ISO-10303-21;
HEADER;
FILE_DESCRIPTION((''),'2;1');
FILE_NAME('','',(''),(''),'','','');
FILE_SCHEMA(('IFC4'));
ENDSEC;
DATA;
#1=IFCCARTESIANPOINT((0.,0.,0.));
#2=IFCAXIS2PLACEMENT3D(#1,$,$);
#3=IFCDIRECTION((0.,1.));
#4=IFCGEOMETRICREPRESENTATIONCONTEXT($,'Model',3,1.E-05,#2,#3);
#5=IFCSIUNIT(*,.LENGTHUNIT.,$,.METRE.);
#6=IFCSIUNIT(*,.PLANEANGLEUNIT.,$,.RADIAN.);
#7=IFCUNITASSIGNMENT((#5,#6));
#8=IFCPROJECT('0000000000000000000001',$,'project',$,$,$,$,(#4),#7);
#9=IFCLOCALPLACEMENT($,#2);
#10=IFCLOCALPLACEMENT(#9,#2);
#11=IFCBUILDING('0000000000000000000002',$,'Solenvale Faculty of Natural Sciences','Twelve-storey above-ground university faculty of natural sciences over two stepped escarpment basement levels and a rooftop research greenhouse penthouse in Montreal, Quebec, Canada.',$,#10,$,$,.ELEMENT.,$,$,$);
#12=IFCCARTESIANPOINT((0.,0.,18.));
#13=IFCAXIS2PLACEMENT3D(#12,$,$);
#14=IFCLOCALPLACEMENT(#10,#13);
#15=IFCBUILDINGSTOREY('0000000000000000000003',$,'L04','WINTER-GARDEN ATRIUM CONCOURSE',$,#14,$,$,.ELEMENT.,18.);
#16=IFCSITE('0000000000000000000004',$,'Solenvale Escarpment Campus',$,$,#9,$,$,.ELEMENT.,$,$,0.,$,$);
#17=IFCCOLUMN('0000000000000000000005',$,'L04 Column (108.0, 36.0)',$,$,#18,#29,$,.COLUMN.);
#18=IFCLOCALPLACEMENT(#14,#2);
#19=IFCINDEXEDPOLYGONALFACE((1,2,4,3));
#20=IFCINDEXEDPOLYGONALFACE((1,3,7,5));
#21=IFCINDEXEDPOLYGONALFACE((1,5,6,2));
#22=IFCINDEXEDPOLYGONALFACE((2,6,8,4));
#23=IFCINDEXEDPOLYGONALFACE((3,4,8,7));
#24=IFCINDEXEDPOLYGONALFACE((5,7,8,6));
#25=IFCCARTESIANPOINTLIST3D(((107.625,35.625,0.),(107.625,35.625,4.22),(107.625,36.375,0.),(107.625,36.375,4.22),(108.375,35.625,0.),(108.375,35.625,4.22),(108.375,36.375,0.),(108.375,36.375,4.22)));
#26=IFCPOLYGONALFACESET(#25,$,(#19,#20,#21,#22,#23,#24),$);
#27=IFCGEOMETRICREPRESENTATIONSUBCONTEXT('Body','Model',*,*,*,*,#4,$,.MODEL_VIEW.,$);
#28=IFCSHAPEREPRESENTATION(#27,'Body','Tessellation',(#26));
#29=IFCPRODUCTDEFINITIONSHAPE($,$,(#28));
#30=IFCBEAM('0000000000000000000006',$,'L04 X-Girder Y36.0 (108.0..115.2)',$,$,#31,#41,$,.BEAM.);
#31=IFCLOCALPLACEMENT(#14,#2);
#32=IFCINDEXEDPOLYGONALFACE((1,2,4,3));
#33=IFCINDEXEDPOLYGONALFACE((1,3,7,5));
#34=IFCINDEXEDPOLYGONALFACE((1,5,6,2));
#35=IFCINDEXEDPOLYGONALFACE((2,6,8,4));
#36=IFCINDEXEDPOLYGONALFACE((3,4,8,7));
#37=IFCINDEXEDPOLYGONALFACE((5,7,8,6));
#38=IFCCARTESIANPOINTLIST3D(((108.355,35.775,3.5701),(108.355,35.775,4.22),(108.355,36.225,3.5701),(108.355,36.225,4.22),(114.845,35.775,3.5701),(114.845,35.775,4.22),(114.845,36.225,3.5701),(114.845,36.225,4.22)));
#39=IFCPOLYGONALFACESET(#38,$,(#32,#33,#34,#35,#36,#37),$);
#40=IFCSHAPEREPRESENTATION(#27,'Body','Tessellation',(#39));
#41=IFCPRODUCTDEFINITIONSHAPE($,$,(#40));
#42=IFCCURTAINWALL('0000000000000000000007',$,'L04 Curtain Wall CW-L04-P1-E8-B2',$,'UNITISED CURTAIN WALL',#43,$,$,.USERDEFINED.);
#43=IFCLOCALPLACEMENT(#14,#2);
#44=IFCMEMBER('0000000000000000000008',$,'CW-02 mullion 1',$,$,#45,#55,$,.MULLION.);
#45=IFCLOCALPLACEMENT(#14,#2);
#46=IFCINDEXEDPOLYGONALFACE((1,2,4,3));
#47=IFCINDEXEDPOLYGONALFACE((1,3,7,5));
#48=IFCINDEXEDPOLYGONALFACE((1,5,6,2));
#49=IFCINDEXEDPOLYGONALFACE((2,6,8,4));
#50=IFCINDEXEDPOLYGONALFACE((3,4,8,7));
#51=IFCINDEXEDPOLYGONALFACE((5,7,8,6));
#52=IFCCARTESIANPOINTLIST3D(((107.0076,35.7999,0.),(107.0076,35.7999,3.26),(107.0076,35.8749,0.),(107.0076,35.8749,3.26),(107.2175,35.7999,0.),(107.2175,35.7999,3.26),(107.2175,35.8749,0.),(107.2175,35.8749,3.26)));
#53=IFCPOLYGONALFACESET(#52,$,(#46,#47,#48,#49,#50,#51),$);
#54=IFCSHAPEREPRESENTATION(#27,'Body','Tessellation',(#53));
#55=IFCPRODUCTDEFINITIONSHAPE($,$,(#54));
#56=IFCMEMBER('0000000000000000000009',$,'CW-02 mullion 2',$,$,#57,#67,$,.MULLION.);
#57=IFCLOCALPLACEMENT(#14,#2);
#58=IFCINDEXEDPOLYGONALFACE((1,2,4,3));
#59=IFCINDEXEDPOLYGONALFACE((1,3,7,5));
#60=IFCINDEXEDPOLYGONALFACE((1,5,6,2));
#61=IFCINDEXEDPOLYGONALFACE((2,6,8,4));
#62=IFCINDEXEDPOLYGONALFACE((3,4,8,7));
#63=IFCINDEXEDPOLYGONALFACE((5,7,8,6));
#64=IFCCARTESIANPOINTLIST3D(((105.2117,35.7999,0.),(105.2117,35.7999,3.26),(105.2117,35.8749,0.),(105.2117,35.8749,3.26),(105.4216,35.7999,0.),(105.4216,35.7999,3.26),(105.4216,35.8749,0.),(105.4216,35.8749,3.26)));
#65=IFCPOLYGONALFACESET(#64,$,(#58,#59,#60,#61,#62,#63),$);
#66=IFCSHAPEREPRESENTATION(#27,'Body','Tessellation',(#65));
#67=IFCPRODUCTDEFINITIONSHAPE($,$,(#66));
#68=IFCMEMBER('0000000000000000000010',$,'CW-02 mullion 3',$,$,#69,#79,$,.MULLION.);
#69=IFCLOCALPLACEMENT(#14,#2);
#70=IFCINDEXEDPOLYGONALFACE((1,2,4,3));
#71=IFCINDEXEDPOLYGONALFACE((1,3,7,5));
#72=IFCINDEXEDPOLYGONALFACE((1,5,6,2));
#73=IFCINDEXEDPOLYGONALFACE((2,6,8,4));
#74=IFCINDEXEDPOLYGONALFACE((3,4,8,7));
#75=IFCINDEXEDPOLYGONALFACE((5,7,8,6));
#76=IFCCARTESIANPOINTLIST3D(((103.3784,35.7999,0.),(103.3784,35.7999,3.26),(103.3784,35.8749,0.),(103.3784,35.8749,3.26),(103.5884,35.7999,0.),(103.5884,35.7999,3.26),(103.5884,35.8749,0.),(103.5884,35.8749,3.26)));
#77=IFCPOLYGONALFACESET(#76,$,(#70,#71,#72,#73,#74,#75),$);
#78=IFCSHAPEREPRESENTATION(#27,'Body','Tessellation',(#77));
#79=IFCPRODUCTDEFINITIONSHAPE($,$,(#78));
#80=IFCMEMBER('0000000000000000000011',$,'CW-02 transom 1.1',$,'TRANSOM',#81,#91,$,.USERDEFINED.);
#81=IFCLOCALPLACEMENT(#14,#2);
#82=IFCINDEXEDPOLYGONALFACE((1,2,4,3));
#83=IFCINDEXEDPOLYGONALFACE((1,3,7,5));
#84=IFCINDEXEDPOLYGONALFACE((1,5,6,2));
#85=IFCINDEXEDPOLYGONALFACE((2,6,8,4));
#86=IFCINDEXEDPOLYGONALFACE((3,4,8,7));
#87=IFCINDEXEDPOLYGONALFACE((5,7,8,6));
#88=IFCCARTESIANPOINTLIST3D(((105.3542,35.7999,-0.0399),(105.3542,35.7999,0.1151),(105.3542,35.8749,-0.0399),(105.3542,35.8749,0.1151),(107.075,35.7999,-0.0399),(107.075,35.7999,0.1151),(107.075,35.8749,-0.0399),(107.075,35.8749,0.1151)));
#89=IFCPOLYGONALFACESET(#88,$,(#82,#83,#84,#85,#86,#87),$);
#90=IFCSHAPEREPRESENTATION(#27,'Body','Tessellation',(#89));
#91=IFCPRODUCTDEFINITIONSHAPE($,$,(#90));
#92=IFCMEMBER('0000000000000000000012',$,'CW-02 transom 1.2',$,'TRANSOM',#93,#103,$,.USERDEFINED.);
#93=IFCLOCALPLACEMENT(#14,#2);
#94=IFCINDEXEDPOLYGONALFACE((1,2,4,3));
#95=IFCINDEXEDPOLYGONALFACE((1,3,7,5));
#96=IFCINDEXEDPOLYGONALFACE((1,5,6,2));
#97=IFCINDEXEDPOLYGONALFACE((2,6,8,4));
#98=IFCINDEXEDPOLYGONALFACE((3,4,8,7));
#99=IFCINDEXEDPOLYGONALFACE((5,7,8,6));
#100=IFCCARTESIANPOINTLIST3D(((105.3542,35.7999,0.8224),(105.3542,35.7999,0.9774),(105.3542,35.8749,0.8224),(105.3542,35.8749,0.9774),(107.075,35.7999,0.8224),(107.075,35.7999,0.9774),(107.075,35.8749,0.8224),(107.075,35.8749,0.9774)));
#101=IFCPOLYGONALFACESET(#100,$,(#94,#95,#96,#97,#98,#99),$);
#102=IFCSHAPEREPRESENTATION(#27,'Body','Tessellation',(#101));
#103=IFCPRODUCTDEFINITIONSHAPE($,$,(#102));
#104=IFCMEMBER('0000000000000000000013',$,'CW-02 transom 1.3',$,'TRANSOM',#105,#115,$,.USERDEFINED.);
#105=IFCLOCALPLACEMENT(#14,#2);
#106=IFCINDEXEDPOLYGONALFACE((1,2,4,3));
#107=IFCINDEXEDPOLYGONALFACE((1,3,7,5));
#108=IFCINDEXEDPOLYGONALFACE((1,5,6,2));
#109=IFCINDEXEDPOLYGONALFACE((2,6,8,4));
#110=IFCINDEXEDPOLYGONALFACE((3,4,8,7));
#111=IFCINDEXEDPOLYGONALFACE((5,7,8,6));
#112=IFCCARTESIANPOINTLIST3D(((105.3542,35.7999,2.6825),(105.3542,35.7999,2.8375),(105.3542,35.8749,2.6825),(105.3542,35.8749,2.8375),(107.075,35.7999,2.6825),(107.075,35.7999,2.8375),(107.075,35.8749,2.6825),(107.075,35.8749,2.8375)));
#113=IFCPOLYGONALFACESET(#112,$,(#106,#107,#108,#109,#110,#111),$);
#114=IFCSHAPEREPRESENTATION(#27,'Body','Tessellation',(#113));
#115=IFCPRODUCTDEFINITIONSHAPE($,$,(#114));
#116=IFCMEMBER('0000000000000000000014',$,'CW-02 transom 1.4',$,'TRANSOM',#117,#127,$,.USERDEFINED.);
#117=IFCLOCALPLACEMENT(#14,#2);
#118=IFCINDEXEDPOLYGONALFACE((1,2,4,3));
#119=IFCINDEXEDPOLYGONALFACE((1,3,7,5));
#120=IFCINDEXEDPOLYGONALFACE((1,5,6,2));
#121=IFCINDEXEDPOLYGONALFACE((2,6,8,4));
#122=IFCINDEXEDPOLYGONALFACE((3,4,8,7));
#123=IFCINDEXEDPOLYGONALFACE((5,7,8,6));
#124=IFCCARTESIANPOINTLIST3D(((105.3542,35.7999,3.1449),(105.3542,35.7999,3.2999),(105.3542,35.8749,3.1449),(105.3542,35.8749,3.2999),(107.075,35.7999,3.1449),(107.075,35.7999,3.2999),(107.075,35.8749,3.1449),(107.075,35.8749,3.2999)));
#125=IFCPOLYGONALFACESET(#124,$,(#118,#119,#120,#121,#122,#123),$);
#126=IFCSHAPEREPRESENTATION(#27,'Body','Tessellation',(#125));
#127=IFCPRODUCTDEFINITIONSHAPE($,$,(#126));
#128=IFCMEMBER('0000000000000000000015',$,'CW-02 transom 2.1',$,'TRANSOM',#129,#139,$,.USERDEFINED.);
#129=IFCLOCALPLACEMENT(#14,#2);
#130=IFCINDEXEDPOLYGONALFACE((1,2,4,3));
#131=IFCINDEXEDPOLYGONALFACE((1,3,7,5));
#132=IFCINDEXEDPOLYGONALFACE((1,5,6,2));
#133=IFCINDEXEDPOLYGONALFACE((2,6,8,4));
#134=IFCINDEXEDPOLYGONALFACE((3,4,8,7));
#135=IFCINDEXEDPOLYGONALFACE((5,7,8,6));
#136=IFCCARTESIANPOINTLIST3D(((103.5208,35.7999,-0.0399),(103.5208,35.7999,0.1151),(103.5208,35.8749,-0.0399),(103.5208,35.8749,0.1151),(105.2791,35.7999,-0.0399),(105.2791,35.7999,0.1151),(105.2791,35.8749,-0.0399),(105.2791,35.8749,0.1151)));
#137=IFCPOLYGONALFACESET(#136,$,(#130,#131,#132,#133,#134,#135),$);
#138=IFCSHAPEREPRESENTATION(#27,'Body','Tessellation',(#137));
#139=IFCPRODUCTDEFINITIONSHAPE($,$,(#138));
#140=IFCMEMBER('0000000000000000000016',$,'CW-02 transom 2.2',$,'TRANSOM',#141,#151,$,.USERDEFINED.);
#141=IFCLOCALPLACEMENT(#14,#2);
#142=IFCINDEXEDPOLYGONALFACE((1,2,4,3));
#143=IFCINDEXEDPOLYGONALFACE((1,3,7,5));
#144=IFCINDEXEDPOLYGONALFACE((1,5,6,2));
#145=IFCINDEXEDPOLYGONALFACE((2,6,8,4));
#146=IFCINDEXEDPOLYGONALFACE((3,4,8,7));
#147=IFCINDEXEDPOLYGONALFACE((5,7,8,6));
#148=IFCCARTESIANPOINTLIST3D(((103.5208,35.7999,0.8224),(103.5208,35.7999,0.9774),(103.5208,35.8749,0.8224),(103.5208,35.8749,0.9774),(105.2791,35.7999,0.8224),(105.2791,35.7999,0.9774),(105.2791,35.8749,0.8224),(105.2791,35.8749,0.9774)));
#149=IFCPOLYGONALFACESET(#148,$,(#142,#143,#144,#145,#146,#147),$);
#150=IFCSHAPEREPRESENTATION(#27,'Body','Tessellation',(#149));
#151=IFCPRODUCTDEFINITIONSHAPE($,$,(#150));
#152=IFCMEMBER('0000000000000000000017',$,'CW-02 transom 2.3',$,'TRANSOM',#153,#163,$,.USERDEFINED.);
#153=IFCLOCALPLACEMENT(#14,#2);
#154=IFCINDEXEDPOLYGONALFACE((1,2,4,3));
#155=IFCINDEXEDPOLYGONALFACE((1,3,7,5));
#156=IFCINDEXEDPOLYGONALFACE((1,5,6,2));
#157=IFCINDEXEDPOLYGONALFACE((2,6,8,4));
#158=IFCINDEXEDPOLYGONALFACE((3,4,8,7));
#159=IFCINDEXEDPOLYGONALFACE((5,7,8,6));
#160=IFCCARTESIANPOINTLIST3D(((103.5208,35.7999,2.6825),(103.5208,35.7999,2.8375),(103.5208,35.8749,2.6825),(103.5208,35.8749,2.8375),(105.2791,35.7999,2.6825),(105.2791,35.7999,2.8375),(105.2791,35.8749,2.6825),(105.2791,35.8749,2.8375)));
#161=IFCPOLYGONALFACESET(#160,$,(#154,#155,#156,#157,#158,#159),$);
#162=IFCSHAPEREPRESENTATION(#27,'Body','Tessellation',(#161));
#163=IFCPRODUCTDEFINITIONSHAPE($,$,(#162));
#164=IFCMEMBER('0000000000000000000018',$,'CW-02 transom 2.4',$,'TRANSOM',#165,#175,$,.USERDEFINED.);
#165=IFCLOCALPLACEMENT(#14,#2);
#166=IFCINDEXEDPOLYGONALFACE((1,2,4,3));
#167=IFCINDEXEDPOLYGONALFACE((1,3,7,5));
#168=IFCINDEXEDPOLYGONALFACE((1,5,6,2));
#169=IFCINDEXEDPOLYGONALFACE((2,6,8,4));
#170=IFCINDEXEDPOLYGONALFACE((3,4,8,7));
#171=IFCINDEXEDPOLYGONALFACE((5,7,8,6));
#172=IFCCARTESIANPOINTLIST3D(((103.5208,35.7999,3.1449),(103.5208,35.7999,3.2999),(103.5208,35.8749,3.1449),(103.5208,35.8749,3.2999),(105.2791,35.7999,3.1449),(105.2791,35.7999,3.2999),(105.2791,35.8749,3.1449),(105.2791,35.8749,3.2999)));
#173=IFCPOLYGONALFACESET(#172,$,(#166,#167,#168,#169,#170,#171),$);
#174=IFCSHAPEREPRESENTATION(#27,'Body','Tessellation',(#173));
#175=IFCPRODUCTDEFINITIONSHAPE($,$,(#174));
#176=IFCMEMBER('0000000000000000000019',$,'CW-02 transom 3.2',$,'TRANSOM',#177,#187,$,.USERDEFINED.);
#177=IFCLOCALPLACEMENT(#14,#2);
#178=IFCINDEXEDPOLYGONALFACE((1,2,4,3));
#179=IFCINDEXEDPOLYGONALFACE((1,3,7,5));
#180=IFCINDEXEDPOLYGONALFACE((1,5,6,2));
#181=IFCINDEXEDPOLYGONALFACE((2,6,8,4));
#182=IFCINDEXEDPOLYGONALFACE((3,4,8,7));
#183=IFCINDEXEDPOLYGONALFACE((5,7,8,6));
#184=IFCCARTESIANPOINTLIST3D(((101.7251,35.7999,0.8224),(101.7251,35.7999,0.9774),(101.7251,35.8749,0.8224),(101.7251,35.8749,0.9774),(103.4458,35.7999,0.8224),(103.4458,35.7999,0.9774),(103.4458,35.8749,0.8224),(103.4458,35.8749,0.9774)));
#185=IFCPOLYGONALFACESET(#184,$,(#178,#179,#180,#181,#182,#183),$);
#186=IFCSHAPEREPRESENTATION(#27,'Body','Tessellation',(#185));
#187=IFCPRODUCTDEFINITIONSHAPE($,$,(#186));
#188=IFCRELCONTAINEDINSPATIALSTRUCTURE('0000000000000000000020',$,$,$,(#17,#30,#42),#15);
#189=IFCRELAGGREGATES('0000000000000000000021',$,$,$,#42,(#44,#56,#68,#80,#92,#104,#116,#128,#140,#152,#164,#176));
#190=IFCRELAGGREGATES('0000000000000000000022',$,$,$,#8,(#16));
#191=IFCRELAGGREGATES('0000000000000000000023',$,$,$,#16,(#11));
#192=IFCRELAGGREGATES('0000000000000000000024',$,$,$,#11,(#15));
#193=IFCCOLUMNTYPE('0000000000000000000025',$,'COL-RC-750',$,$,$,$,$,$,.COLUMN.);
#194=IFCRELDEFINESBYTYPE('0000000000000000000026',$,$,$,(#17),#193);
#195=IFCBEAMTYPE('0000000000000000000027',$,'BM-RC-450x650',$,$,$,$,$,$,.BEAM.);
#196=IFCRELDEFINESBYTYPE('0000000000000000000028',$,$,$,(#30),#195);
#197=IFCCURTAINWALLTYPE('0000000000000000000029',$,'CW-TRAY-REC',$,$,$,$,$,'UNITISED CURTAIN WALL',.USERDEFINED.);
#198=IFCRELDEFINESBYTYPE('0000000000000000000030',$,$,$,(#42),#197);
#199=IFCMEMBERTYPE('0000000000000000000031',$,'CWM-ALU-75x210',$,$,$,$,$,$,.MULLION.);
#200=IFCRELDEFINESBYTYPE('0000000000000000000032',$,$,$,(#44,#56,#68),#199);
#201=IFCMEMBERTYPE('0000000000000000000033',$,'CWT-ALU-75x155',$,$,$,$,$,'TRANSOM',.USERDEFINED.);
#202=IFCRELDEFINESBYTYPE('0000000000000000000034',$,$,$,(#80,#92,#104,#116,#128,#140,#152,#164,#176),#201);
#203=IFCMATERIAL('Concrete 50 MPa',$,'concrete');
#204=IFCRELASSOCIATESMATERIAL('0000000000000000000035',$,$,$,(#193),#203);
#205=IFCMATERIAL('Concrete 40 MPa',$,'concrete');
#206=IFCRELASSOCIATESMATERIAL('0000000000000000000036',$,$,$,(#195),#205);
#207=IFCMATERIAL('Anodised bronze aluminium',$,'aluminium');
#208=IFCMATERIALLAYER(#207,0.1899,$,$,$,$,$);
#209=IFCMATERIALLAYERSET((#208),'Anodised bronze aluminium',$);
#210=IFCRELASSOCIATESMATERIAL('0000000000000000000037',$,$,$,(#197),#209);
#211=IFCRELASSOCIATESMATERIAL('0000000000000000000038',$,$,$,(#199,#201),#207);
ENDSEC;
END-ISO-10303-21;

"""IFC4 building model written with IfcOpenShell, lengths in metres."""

from ifc_helpers import new_model, si_unit, direction, frame, origin, origin_2d, place, context, subcontext, project, spatial, rectangle, extrude, material, layer, layer_set, material_profile, profile_set, type_object, element, aggregate, save


model = new_model("IFC4")

# Units and contexts
model_context = context("Model", 3, precision=1e-05, world=origin(), true_north=direction((0.0, 1.0)))
body_context = subcontext(model_context, "Body", "Model", "MODEL_VIEW")
ifc_project = project(units=[si_unit("LENGTHUNIT", "METRE"), si_unit("PLANEANGLEUNIT", "RADIAN")], contexts=[model_context])

# Site, building, storey
site_placement = place(None, origin())
site = spatial("IfcSite", under=ifc_project, at=site_placement, Name="Solenvale Escarpment Campus", CompositionType="ELEMENT", RefElevation=0.0)
building_placement = place(site_placement, origin())
building = spatial("IfcBuilding", under=site, at=building_placement, Name="Solenvale Faculty of Natural Sciences", Description="Twelve-storey above-ground university faculty of natural sciences over two stepped escarpment basement levels and a rooftop research greenhouse penthouse in Montreal, Quebec, Canada.", CompositionType="ELEMENT")
storey_placement = place(building_placement, frame((0.0, 0.0, 18.0)))
storey = spatial("IfcBuildingStorey", under=building, at=storey_placement, Name="L04", Description="WINTER-GARDEN ATRIUM CONCOURSE", CompositionType="ELEMENT", Elevation=18.0)

# Column
ifc_material_1 = material(Name="Concrete 50 MPa", Category="concrete")
ifc_material_profile_1 = material_profile(ifc_material_1, rectangle(XDim=0.75, YDim=0.75, at=origin_2d()), Name="RC-COL-750x750")
ifc_profile_set_1 = profile_set([ifc_material_profile_1], Name="Concrete 50 MPa")
column_type = type_object("IfcColumnType", Name="COL-RC-750", PredefinedType="COLUMN", material=ifc_profile_set_1)
column_placement = place(storey_placement, frame((108.0, 36.0, 0.0), z_axis=(0.0, 0.0, 1.0), x_axis=(1.0, 0.0, 0.0)))
element("IfcColumn", 1, at=column_placement, inside=storey, type_object=column_type, Name="L04 Column (108.0, 36.0)", PredefinedType="COLUMN", context=body_context, shape_type="SweptSolid", body=[
    extrude(rectangle(XDim=0.75, YDim=0.75, at=origin_2d()), origin(), (0.0, 0.0, 1.0), 4.22),
])

# Beam
ifc_material_2 = material(Name="Concrete 40 MPa", Category="concrete")
ifc_material_profile_2 = material_profile(ifc_material_2, rectangle(XDim=0.45, YDim=0.6499, at=origin_2d()), Name="RC-BM-450x650")
ifc_profile_set_2 = profile_set([ifc_material_profile_2], Name="Concrete 40 MPa")
beam_type = type_object("IfcBeamType", Name="BM-RC-450x650", PredefinedType="BEAM", material=ifc_profile_set_2)
beam_placement = place(storey_placement, frame((108.355, 36.0, 3.895), z_axis=(1.0, 0.0, 0.0), x_axis=(0.0, 1.0, 0.0)))
element("IfcBeam", 2, at=beam_placement, inside=storey, type_object=beam_type, Name="L04 X-Girder Y36.0 (108.0..115.2)", PredefinedType="BEAM", context=body_context, shape_type="SweptSolid", body=[
    extrude(rectangle(XDim=0.45, YDim=0.6499, at=origin_2d()), origin(), (0.0, 0.0, 1.0), 6.49),
])

# Curtain wall, members
ifc_material_3 = material(Name="Anodised bronze aluminium", Category="aluminium")
ifc_layer_1 = layer(ifc_material_3, 0.1899)
ifc_layer_set_1 = layer_set([ifc_layer_1], Name="Anodised bronze aluminium")
curtain_wall_type = type_object("IfcCurtainWallType", Name="CW-TRAY-REC", ElementType="UNITISED CURTAIN WALL", PredefinedType="USERDEFINED", material=ifc_layer_set_1)
curtain_wall_placement = place(storey_placement, origin())
curtain_wall = element("IfcCurtainWall", 3, at=curtain_wall_placement, inside=storey, type_object=curtain_wall_type, Name="L04 Curtain Wall CW-L04-P1-E8-B2", ObjectType="UNITISED CURTAIN WALL", PredefinedType="USERDEFINED")
ifc_material_profile_3 = material_profile(ifc_material_3, rectangle(XDim=0.075, YDim=0.21, at=origin_2d()), Name="ALU-MUL-75x210")
ifc_profile_set_3 = profile_set([ifc_material_profile_3], Name="Anodised bronze aluminium")
member_type_1 = type_object("IfcMemberType", Name="CWM-ALU-75x210", PredefinedType="MULLION", material=ifc_profile_set_3)
member_1_placement = place(storey_placement, frame((107.1125, 35.8374, 0.0), z_axis=(0.0, 0.0, 1.0), x_axis=(0.0, -1.0, 0.0)))
member_1 = element("IfcMember", 4, at=member_1_placement, type_object=member_type_1, Name="CW-02 mullion 1", PredefinedType="MULLION", context=body_context, shape_type="SweptSolid", body=[
    extrude(rectangle(XDim=0.075, YDim=0.21, at=origin_2d()), origin(), (0.0, 0.0, 1.0), 3.26),
])
member_2_placement = place(storey_placement, frame((105.3167, 35.8374, 0.0), z_axis=(0.0, 0.0, 1.0), x_axis=(0.0, -1.0, 0.0)))
member_2 = element("IfcMember", 5, at=member_2_placement, type_object=member_type_1, Name="CW-02 mullion 2", PredefinedType="MULLION", context=body_context, shape_type="SweptSolid", body=[
    extrude(rectangle(XDim=0.075, YDim=0.21, at=origin_2d()), origin(), (0.0, 0.0, 1.0), 3.26),
])
member_3_placement = place(storey_placement, frame((103.4834, 35.8374, 0.0), z_axis=(0.0, 0.0, 1.0), x_axis=(0.0, -1.0, 0.0)))
member_3 = element("IfcMember", 6, at=member_3_placement, type_object=member_type_1, Name="CW-02 mullion 3", PredefinedType="MULLION", context=body_context, shape_type="SweptSolid", body=[
    extrude(rectangle(XDim=0.075, YDim=0.21, at=origin_2d()), origin(), (0.0, 0.0, 1.0), 3.26),
])
ifc_material_profile_4 = material_profile(ifc_material_3, rectangle(XDim=0.075, YDim=0.155, at=origin_2d()), Name="ALU-TRN-75x155")
ifc_profile_set_4 = profile_set([ifc_material_profile_4], Name="Anodised bronze aluminium")
member_type_2 = type_object("IfcMemberType", Name="CWT-ALU-75x155", ElementType="TRANSOM", PredefinedType="USERDEFINED", material=ifc_profile_set_4)
member_4_placement = place(storey_placement, frame((107.075, 35.8374, 0.0376), z_axis=(-1.0, 0.0, 0.0), x_axis=(0.0, -1.0, 0.0)))
member_4 = element("IfcMember", 7, at=member_4_placement, type_object=member_type_2, Name="CW-02 transom 1.1", ObjectType="TRANSOM", PredefinedType="USERDEFINED", context=body_context, shape_type="SweptSolid", body=[
    extrude(rectangle(XDim=0.075, YDim=0.155, at=origin_2d()), origin(), (0.0, 0.0, 1.0), 1.7207),
])
member_5_placement = place(storey_placement, frame((107.075, 35.8374, 0.8999), z_axis=(-1.0, 0.0, 0.0), x_axis=(0.0, -1.0, 0.0)))
member_5 = element("IfcMember", 8, at=member_5_placement, type_object=member_type_2, Name="CW-02 transom 1.2", ObjectType="TRANSOM", PredefinedType="USERDEFINED", context=body_context, shape_type="SweptSolid", body=[
    extrude(rectangle(XDim=0.075, YDim=0.155, at=origin_2d()), origin(), (0.0, 0.0, 1.0), 1.7207),
])
member_6_placement = place(storey_placement, frame((107.075, 35.8374, 2.76), z_axis=(-1.0, 0.0, 0.0), x_axis=(0.0, -1.0, 0.0)))
member_6 = element("IfcMember", 9, at=member_6_placement, type_object=member_type_2, Name="CW-02 transom 1.3", ObjectType="TRANSOM", PredefinedType="USERDEFINED", context=body_context, shape_type="SweptSolid", body=[
    extrude(rectangle(XDim=0.075, YDim=0.155, at=origin_2d()), origin(), (0.0, 0.0, 1.0), 1.7207),
])
member_7_placement = place(storey_placement, frame((107.075, 35.8374, 3.2224), z_axis=(-1.0, 0.0, 0.0), x_axis=(0.0, -1.0, 0.0)))
member_7 = element("IfcMember", 10, at=member_7_placement, type_object=member_type_2, Name="CW-02 transom 1.4", ObjectType="TRANSOM", PredefinedType="USERDEFINED", context=body_context, shape_type="SweptSolid", body=[
    extrude(rectangle(XDim=0.075, YDim=0.155, at=origin_2d()), origin(), (0.0, 0.0, 1.0), 1.7207),
])
member_8_placement = place(storey_placement, frame((105.2791, 35.8374, 0.0376), z_axis=(-1.0, 0.0, 0.0), x_axis=(0.0, -1.0, 0.0)))
member_8 = element("IfcMember", 11, at=member_8_placement, type_object=member_type_2, Name="CW-02 transom 2.1", ObjectType="TRANSOM", PredefinedType="USERDEFINED", context=body_context, shape_type="SweptSolid", body=[
    extrude(rectangle(XDim=0.075, YDim=0.155, at=origin_2d()), origin(), (0.0, 0.0, 1.0), 1.7583),
])
member_9_placement = place(storey_placement, frame((105.2791, 35.8374, 0.8999), z_axis=(-1.0, 0.0, 0.0), x_axis=(0.0, -1.0, 0.0)))
member_9 = element("IfcMember", 12, at=member_9_placement, type_object=member_type_2, Name="CW-02 transom 2.2", ObjectType="TRANSOM", PredefinedType="USERDEFINED", context=body_context, shape_type="SweptSolid", body=[
    extrude(rectangle(XDim=0.075, YDim=0.155, at=origin_2d()), origin(), (0.0, 0.0, 1.0), 1.7583),
])
member_10_placement = place(storey_placement, frame((105.2791, 35.8374, 2.76), z_axis=(-1.0, 0.0, 0.0), x_axis=(0.0, -1.0, 0.0)))
member_10 = element("IfcMember", 13, at=member_10_placement, type_object=member_type_2, Name="CW-02 transom 2.3", ObjectType="TRANSOM", PredefinedType="USERDEFINED", context=body_context, shape_type="SweptSolid", body=[
    extrude(rectangle(XDim=0.075, YDim=0.155, at=origin_2d()), origin(), (0.0, 0.0, 1.0), 1.7583),
])
member_11_placement = place(storey_placement, frame((105.2791, 35.8374, 3.2224), z_axis=(-1.0, 0.0, 0.0), x_axis=(0.0, -1.0, 0.0)))
member_11 = element("IfcMember", 14, at=member_11_placement, type_object=member_type_2, Name="CW-02 transom 2.4", ObjectType="TRANSOM", PredefinedType="USERDEFINED", context=body_context, shape_type="SweptSolid", body=[
    extrude(rectangle(XDim=0.075, YDim=0.155, at=origin_2d()), origin(), (0.0, 0.0, 1.0), 1.7583),
])
member_12_placement = place(storey_placement, frame((103.4458, 35.8374, 0.8999), z_axis=(-1.0, 0.0, 0.0), x_axis=(0.0, -1.0, 0.0)))
member_12 = element("IfcMember", 15, at=member_12_placement, type_object=member_type_2, Name="CW-02 transom 3.2", ObjectType="TRANSOM", PredefinedType="USERDEFINED", context=body_context, shape_type="SweptSolid", body=[
    extrude(rectangle(XDim=0.075, YDim=0.155, at=origin_2d()), origin(), (0.0, 0.0, 1.0), 1.7207),
])
aggregate(curtain_wall, [member_1, member_2, member_3, member_4, member_5, member_6, member_7, member_8, member_9, member_10, member_11, member_12])

save(model, "model.ifc")
